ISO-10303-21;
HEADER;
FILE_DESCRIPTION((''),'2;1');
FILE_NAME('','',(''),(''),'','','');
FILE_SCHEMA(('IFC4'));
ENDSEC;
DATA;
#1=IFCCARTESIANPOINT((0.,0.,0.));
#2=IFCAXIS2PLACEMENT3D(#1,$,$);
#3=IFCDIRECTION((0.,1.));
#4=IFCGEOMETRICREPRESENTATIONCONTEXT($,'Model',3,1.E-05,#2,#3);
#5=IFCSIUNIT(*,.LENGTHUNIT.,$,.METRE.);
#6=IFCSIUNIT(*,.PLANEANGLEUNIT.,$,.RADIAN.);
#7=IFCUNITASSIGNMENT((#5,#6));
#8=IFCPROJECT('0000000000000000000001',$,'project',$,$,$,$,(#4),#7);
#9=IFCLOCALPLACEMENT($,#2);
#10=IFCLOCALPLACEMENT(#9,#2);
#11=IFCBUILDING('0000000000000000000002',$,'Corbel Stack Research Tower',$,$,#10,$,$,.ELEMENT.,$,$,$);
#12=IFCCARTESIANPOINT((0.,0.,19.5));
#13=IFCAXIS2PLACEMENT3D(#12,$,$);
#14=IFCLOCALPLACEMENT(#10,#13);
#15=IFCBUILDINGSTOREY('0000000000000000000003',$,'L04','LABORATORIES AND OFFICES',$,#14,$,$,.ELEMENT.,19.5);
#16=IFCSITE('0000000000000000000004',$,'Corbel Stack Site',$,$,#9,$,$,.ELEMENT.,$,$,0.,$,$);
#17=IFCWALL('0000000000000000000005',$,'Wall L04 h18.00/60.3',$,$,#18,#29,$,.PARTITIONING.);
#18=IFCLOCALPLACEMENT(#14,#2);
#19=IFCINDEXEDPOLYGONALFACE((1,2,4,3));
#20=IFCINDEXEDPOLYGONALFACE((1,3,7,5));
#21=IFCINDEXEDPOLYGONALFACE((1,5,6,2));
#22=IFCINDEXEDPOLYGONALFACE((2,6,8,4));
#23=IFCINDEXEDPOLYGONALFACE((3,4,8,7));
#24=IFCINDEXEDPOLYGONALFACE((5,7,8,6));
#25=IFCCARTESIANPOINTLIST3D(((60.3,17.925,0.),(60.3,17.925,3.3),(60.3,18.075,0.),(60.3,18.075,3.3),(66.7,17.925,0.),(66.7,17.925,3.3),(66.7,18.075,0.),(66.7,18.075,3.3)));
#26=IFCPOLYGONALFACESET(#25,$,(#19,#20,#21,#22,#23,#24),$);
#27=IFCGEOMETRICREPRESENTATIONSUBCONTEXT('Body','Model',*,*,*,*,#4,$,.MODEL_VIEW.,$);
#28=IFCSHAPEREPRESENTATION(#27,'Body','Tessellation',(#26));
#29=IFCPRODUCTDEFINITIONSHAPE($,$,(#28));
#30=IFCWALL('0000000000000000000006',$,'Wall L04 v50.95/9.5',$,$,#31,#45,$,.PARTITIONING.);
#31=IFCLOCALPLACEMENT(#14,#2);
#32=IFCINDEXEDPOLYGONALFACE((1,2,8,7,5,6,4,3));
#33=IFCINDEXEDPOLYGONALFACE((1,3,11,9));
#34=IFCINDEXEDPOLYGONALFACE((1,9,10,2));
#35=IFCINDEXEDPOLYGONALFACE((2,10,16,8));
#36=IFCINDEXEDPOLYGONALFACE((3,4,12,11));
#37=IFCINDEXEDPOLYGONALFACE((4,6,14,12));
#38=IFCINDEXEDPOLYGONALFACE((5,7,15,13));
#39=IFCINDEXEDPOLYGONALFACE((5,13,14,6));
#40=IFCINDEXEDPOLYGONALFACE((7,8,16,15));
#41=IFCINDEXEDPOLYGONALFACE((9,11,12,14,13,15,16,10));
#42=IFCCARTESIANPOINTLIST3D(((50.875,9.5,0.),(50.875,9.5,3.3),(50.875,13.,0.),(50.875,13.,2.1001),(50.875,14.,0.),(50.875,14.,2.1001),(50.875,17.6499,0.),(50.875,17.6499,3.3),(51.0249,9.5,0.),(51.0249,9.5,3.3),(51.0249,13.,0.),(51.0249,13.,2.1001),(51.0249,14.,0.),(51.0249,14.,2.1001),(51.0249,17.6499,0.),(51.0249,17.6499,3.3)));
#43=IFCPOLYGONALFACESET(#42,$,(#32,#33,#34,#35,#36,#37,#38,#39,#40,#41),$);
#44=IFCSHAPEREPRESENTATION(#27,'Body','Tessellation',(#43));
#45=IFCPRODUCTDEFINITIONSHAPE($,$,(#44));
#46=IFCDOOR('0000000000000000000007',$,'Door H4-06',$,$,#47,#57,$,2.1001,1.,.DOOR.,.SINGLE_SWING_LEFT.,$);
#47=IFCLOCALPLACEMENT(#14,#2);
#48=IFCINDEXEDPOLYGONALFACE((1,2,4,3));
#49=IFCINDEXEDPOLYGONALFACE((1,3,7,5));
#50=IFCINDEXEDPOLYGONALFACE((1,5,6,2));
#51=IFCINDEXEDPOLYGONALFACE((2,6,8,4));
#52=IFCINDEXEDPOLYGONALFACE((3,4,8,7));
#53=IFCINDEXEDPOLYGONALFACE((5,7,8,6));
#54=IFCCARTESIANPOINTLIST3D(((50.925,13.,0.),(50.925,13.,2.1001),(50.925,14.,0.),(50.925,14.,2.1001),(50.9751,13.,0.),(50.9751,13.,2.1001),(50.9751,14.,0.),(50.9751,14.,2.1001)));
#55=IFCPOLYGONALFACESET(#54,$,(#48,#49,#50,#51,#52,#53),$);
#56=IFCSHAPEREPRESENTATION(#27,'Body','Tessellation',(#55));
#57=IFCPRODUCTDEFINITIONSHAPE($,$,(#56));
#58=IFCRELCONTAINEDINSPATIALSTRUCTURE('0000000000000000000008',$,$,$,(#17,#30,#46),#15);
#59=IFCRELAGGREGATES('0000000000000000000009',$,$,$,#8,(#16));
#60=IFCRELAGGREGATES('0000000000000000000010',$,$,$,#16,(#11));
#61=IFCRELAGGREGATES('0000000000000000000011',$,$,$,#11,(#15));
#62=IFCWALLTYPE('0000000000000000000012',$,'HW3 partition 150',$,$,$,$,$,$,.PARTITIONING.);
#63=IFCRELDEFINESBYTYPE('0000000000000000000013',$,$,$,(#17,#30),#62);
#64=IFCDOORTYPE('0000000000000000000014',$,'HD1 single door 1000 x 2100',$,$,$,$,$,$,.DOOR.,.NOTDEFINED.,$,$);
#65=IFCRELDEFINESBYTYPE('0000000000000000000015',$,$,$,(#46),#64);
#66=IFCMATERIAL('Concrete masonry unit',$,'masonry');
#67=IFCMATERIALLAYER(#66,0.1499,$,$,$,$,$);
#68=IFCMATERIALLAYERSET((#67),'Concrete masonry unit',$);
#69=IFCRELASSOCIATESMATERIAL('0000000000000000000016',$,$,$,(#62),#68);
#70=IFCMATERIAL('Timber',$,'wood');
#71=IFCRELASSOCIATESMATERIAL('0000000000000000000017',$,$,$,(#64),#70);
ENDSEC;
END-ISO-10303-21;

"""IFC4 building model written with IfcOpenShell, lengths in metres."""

from ifc_helpers import new_model, si_unit, direction, frame, frame_2d, origin, place, context, subcontext, project, spatial, rectangle, extrude, material, layer, layer_set, type_object, element, fill, save


model = new_model("IFC4")

# Units and contexts
model_context = context("Model", 3, precision=1e-05, world=origin(), true_north=direction((0.0, 1.0)))
body_context = subcontext(model_context, "Body", "Model", "MODEL_VIEW")
ifc_project = project(units=[si_unit("LENGTHUNIT", "METRE"), si_unit("PLANEANGLEUNIT", "RADIAN")], contexts=[model_context])

# Site, building, storey
site_placement = place(None, origin())
site = spatial("IfcSite", under=ifc_project, at=site_placement, Name="Corbel Stack Site", CompositionType="ELEMENT", RefElevation=0.0)
building_placement = place(site_placement, origin())
building = spatial("IfcBuilding", under=site, at=building_placement, Name="Corbel Stack Research Tower", CompositionType="ELEMENT")
storey_placement = place(building_placement, frame((0.0, 0.0, 19.5)))
storey = spatial("IfcBuildingStorey", under=building, at=storey_placement, Name="L04", Description="LABORATORIES AND OFFICES", CompositionType="ELEMENT", Elevation=19.5)

# Wall
ifc_material_1 = material(Name="Concrete masonry unit", Category="masonry")
ifc_layer = layer(ifc_material_1, 0.1499)
ifc_layer_set = layer_set([ifc_layer], Name="Concrete masonry unit")
wall_type = type_object("IfcWallType", Name="HW3 partition 150", PredefinedType="PARTITIONING", material=ifc_layer_set)
wall_1_placement = place(storey_placement, frame((60.3, 18.0, 0.0), z_axis=(0.0, 0.0, 1.0), x_axis=(1.0, 0.0, 0.0)))
element("IfcWall", 1, at=wall_1_placement, inside=storey, type_object=wall_type, Name="Wall L04 h18.00/60.3", PredefinedType="PARTITIONING", context=body_context, shape_type="SweptSolid", body=[
    extrude(rectangle(XDim=6.3999, YDim=0.1499, at=frame_2d((3.2, 0.0))), origin(), (0.0, 0.0, 1.0), 3.3),
])

# Wall, opening, door
wall_2_placement = place(storey_placement, frame((50.95, 9.5, 0.0), z_axis=(0.0, 0.0, 1.0), x_axis=(0.0, 1.0, 0.0)))
wall_2 = element("IfcWall", 2, at=wall_2_placement, inside=storey, type_object=wall_type, Name="Wall L04 v50.95/9.5", PredefinedType="PARTITIONING", context=body_context, shape_type="SweptSolid", body=[
    extrude(rectangle(XDim=8.1499, YDim=0.1499, at=frame_2d((4.075, 0.0))), origin(), (0.0, 0.0, 1.0), 3.3),
])
opening_placement = place(wall_2_placement, frame((3.5, 0.0, 0.0)))
opening = element("IfcOpeningElement", 3, at=opening_placement, cuts=wall_2, PredefinedType="OPENING", context=body_context, shape_type="SweptSolid", body=[
    extrude(rectangle(XDim=1.0, YDim=2.1001, at=frame_2d((0.5, 1.05))), frame((0.0, 0.085, 0.0), z_axis=(0.0, -1.0, 0.0), x_axis=(1.0, 0.0, 0.0)), (0.0, 0.0, 1.0), 0.1699),
])
ifc_material_2 = material(Name="Timber", Category="wood")
door_type = type_object("IfcDoorType", Name="HD1 single door 1000 x 2100", OperationType="NOTDEFINED", PredefinedType="DOOR", material=ifc_material_2)
door_placement = place(opening_placement, origin())
door = element("IfcDoor", 4, at=door_placement, inside=storey, type_object=door_type, Name="Door H4-06", OperationType="SINGLE_SWING_LEFT", OverallHeight=2.1001, OverallWidth=1.0, PredefinedType="DOOR", context=body_context, shape_type="SweptSolid", body=[
    extrude(rectangle(XDim=1.0, YDim=2.1001, at=frame_2d((0.5, 1.05))), frame((0.0, 0.0249, 0.0), z_axis=(0.0, -1.0, 0.0), x_axis=(1.0, 0.0, 0.0)), (0.0, 0.0, 1.0), 0.05),
])
fill(opening, door)

save(model, "model.ifc")
